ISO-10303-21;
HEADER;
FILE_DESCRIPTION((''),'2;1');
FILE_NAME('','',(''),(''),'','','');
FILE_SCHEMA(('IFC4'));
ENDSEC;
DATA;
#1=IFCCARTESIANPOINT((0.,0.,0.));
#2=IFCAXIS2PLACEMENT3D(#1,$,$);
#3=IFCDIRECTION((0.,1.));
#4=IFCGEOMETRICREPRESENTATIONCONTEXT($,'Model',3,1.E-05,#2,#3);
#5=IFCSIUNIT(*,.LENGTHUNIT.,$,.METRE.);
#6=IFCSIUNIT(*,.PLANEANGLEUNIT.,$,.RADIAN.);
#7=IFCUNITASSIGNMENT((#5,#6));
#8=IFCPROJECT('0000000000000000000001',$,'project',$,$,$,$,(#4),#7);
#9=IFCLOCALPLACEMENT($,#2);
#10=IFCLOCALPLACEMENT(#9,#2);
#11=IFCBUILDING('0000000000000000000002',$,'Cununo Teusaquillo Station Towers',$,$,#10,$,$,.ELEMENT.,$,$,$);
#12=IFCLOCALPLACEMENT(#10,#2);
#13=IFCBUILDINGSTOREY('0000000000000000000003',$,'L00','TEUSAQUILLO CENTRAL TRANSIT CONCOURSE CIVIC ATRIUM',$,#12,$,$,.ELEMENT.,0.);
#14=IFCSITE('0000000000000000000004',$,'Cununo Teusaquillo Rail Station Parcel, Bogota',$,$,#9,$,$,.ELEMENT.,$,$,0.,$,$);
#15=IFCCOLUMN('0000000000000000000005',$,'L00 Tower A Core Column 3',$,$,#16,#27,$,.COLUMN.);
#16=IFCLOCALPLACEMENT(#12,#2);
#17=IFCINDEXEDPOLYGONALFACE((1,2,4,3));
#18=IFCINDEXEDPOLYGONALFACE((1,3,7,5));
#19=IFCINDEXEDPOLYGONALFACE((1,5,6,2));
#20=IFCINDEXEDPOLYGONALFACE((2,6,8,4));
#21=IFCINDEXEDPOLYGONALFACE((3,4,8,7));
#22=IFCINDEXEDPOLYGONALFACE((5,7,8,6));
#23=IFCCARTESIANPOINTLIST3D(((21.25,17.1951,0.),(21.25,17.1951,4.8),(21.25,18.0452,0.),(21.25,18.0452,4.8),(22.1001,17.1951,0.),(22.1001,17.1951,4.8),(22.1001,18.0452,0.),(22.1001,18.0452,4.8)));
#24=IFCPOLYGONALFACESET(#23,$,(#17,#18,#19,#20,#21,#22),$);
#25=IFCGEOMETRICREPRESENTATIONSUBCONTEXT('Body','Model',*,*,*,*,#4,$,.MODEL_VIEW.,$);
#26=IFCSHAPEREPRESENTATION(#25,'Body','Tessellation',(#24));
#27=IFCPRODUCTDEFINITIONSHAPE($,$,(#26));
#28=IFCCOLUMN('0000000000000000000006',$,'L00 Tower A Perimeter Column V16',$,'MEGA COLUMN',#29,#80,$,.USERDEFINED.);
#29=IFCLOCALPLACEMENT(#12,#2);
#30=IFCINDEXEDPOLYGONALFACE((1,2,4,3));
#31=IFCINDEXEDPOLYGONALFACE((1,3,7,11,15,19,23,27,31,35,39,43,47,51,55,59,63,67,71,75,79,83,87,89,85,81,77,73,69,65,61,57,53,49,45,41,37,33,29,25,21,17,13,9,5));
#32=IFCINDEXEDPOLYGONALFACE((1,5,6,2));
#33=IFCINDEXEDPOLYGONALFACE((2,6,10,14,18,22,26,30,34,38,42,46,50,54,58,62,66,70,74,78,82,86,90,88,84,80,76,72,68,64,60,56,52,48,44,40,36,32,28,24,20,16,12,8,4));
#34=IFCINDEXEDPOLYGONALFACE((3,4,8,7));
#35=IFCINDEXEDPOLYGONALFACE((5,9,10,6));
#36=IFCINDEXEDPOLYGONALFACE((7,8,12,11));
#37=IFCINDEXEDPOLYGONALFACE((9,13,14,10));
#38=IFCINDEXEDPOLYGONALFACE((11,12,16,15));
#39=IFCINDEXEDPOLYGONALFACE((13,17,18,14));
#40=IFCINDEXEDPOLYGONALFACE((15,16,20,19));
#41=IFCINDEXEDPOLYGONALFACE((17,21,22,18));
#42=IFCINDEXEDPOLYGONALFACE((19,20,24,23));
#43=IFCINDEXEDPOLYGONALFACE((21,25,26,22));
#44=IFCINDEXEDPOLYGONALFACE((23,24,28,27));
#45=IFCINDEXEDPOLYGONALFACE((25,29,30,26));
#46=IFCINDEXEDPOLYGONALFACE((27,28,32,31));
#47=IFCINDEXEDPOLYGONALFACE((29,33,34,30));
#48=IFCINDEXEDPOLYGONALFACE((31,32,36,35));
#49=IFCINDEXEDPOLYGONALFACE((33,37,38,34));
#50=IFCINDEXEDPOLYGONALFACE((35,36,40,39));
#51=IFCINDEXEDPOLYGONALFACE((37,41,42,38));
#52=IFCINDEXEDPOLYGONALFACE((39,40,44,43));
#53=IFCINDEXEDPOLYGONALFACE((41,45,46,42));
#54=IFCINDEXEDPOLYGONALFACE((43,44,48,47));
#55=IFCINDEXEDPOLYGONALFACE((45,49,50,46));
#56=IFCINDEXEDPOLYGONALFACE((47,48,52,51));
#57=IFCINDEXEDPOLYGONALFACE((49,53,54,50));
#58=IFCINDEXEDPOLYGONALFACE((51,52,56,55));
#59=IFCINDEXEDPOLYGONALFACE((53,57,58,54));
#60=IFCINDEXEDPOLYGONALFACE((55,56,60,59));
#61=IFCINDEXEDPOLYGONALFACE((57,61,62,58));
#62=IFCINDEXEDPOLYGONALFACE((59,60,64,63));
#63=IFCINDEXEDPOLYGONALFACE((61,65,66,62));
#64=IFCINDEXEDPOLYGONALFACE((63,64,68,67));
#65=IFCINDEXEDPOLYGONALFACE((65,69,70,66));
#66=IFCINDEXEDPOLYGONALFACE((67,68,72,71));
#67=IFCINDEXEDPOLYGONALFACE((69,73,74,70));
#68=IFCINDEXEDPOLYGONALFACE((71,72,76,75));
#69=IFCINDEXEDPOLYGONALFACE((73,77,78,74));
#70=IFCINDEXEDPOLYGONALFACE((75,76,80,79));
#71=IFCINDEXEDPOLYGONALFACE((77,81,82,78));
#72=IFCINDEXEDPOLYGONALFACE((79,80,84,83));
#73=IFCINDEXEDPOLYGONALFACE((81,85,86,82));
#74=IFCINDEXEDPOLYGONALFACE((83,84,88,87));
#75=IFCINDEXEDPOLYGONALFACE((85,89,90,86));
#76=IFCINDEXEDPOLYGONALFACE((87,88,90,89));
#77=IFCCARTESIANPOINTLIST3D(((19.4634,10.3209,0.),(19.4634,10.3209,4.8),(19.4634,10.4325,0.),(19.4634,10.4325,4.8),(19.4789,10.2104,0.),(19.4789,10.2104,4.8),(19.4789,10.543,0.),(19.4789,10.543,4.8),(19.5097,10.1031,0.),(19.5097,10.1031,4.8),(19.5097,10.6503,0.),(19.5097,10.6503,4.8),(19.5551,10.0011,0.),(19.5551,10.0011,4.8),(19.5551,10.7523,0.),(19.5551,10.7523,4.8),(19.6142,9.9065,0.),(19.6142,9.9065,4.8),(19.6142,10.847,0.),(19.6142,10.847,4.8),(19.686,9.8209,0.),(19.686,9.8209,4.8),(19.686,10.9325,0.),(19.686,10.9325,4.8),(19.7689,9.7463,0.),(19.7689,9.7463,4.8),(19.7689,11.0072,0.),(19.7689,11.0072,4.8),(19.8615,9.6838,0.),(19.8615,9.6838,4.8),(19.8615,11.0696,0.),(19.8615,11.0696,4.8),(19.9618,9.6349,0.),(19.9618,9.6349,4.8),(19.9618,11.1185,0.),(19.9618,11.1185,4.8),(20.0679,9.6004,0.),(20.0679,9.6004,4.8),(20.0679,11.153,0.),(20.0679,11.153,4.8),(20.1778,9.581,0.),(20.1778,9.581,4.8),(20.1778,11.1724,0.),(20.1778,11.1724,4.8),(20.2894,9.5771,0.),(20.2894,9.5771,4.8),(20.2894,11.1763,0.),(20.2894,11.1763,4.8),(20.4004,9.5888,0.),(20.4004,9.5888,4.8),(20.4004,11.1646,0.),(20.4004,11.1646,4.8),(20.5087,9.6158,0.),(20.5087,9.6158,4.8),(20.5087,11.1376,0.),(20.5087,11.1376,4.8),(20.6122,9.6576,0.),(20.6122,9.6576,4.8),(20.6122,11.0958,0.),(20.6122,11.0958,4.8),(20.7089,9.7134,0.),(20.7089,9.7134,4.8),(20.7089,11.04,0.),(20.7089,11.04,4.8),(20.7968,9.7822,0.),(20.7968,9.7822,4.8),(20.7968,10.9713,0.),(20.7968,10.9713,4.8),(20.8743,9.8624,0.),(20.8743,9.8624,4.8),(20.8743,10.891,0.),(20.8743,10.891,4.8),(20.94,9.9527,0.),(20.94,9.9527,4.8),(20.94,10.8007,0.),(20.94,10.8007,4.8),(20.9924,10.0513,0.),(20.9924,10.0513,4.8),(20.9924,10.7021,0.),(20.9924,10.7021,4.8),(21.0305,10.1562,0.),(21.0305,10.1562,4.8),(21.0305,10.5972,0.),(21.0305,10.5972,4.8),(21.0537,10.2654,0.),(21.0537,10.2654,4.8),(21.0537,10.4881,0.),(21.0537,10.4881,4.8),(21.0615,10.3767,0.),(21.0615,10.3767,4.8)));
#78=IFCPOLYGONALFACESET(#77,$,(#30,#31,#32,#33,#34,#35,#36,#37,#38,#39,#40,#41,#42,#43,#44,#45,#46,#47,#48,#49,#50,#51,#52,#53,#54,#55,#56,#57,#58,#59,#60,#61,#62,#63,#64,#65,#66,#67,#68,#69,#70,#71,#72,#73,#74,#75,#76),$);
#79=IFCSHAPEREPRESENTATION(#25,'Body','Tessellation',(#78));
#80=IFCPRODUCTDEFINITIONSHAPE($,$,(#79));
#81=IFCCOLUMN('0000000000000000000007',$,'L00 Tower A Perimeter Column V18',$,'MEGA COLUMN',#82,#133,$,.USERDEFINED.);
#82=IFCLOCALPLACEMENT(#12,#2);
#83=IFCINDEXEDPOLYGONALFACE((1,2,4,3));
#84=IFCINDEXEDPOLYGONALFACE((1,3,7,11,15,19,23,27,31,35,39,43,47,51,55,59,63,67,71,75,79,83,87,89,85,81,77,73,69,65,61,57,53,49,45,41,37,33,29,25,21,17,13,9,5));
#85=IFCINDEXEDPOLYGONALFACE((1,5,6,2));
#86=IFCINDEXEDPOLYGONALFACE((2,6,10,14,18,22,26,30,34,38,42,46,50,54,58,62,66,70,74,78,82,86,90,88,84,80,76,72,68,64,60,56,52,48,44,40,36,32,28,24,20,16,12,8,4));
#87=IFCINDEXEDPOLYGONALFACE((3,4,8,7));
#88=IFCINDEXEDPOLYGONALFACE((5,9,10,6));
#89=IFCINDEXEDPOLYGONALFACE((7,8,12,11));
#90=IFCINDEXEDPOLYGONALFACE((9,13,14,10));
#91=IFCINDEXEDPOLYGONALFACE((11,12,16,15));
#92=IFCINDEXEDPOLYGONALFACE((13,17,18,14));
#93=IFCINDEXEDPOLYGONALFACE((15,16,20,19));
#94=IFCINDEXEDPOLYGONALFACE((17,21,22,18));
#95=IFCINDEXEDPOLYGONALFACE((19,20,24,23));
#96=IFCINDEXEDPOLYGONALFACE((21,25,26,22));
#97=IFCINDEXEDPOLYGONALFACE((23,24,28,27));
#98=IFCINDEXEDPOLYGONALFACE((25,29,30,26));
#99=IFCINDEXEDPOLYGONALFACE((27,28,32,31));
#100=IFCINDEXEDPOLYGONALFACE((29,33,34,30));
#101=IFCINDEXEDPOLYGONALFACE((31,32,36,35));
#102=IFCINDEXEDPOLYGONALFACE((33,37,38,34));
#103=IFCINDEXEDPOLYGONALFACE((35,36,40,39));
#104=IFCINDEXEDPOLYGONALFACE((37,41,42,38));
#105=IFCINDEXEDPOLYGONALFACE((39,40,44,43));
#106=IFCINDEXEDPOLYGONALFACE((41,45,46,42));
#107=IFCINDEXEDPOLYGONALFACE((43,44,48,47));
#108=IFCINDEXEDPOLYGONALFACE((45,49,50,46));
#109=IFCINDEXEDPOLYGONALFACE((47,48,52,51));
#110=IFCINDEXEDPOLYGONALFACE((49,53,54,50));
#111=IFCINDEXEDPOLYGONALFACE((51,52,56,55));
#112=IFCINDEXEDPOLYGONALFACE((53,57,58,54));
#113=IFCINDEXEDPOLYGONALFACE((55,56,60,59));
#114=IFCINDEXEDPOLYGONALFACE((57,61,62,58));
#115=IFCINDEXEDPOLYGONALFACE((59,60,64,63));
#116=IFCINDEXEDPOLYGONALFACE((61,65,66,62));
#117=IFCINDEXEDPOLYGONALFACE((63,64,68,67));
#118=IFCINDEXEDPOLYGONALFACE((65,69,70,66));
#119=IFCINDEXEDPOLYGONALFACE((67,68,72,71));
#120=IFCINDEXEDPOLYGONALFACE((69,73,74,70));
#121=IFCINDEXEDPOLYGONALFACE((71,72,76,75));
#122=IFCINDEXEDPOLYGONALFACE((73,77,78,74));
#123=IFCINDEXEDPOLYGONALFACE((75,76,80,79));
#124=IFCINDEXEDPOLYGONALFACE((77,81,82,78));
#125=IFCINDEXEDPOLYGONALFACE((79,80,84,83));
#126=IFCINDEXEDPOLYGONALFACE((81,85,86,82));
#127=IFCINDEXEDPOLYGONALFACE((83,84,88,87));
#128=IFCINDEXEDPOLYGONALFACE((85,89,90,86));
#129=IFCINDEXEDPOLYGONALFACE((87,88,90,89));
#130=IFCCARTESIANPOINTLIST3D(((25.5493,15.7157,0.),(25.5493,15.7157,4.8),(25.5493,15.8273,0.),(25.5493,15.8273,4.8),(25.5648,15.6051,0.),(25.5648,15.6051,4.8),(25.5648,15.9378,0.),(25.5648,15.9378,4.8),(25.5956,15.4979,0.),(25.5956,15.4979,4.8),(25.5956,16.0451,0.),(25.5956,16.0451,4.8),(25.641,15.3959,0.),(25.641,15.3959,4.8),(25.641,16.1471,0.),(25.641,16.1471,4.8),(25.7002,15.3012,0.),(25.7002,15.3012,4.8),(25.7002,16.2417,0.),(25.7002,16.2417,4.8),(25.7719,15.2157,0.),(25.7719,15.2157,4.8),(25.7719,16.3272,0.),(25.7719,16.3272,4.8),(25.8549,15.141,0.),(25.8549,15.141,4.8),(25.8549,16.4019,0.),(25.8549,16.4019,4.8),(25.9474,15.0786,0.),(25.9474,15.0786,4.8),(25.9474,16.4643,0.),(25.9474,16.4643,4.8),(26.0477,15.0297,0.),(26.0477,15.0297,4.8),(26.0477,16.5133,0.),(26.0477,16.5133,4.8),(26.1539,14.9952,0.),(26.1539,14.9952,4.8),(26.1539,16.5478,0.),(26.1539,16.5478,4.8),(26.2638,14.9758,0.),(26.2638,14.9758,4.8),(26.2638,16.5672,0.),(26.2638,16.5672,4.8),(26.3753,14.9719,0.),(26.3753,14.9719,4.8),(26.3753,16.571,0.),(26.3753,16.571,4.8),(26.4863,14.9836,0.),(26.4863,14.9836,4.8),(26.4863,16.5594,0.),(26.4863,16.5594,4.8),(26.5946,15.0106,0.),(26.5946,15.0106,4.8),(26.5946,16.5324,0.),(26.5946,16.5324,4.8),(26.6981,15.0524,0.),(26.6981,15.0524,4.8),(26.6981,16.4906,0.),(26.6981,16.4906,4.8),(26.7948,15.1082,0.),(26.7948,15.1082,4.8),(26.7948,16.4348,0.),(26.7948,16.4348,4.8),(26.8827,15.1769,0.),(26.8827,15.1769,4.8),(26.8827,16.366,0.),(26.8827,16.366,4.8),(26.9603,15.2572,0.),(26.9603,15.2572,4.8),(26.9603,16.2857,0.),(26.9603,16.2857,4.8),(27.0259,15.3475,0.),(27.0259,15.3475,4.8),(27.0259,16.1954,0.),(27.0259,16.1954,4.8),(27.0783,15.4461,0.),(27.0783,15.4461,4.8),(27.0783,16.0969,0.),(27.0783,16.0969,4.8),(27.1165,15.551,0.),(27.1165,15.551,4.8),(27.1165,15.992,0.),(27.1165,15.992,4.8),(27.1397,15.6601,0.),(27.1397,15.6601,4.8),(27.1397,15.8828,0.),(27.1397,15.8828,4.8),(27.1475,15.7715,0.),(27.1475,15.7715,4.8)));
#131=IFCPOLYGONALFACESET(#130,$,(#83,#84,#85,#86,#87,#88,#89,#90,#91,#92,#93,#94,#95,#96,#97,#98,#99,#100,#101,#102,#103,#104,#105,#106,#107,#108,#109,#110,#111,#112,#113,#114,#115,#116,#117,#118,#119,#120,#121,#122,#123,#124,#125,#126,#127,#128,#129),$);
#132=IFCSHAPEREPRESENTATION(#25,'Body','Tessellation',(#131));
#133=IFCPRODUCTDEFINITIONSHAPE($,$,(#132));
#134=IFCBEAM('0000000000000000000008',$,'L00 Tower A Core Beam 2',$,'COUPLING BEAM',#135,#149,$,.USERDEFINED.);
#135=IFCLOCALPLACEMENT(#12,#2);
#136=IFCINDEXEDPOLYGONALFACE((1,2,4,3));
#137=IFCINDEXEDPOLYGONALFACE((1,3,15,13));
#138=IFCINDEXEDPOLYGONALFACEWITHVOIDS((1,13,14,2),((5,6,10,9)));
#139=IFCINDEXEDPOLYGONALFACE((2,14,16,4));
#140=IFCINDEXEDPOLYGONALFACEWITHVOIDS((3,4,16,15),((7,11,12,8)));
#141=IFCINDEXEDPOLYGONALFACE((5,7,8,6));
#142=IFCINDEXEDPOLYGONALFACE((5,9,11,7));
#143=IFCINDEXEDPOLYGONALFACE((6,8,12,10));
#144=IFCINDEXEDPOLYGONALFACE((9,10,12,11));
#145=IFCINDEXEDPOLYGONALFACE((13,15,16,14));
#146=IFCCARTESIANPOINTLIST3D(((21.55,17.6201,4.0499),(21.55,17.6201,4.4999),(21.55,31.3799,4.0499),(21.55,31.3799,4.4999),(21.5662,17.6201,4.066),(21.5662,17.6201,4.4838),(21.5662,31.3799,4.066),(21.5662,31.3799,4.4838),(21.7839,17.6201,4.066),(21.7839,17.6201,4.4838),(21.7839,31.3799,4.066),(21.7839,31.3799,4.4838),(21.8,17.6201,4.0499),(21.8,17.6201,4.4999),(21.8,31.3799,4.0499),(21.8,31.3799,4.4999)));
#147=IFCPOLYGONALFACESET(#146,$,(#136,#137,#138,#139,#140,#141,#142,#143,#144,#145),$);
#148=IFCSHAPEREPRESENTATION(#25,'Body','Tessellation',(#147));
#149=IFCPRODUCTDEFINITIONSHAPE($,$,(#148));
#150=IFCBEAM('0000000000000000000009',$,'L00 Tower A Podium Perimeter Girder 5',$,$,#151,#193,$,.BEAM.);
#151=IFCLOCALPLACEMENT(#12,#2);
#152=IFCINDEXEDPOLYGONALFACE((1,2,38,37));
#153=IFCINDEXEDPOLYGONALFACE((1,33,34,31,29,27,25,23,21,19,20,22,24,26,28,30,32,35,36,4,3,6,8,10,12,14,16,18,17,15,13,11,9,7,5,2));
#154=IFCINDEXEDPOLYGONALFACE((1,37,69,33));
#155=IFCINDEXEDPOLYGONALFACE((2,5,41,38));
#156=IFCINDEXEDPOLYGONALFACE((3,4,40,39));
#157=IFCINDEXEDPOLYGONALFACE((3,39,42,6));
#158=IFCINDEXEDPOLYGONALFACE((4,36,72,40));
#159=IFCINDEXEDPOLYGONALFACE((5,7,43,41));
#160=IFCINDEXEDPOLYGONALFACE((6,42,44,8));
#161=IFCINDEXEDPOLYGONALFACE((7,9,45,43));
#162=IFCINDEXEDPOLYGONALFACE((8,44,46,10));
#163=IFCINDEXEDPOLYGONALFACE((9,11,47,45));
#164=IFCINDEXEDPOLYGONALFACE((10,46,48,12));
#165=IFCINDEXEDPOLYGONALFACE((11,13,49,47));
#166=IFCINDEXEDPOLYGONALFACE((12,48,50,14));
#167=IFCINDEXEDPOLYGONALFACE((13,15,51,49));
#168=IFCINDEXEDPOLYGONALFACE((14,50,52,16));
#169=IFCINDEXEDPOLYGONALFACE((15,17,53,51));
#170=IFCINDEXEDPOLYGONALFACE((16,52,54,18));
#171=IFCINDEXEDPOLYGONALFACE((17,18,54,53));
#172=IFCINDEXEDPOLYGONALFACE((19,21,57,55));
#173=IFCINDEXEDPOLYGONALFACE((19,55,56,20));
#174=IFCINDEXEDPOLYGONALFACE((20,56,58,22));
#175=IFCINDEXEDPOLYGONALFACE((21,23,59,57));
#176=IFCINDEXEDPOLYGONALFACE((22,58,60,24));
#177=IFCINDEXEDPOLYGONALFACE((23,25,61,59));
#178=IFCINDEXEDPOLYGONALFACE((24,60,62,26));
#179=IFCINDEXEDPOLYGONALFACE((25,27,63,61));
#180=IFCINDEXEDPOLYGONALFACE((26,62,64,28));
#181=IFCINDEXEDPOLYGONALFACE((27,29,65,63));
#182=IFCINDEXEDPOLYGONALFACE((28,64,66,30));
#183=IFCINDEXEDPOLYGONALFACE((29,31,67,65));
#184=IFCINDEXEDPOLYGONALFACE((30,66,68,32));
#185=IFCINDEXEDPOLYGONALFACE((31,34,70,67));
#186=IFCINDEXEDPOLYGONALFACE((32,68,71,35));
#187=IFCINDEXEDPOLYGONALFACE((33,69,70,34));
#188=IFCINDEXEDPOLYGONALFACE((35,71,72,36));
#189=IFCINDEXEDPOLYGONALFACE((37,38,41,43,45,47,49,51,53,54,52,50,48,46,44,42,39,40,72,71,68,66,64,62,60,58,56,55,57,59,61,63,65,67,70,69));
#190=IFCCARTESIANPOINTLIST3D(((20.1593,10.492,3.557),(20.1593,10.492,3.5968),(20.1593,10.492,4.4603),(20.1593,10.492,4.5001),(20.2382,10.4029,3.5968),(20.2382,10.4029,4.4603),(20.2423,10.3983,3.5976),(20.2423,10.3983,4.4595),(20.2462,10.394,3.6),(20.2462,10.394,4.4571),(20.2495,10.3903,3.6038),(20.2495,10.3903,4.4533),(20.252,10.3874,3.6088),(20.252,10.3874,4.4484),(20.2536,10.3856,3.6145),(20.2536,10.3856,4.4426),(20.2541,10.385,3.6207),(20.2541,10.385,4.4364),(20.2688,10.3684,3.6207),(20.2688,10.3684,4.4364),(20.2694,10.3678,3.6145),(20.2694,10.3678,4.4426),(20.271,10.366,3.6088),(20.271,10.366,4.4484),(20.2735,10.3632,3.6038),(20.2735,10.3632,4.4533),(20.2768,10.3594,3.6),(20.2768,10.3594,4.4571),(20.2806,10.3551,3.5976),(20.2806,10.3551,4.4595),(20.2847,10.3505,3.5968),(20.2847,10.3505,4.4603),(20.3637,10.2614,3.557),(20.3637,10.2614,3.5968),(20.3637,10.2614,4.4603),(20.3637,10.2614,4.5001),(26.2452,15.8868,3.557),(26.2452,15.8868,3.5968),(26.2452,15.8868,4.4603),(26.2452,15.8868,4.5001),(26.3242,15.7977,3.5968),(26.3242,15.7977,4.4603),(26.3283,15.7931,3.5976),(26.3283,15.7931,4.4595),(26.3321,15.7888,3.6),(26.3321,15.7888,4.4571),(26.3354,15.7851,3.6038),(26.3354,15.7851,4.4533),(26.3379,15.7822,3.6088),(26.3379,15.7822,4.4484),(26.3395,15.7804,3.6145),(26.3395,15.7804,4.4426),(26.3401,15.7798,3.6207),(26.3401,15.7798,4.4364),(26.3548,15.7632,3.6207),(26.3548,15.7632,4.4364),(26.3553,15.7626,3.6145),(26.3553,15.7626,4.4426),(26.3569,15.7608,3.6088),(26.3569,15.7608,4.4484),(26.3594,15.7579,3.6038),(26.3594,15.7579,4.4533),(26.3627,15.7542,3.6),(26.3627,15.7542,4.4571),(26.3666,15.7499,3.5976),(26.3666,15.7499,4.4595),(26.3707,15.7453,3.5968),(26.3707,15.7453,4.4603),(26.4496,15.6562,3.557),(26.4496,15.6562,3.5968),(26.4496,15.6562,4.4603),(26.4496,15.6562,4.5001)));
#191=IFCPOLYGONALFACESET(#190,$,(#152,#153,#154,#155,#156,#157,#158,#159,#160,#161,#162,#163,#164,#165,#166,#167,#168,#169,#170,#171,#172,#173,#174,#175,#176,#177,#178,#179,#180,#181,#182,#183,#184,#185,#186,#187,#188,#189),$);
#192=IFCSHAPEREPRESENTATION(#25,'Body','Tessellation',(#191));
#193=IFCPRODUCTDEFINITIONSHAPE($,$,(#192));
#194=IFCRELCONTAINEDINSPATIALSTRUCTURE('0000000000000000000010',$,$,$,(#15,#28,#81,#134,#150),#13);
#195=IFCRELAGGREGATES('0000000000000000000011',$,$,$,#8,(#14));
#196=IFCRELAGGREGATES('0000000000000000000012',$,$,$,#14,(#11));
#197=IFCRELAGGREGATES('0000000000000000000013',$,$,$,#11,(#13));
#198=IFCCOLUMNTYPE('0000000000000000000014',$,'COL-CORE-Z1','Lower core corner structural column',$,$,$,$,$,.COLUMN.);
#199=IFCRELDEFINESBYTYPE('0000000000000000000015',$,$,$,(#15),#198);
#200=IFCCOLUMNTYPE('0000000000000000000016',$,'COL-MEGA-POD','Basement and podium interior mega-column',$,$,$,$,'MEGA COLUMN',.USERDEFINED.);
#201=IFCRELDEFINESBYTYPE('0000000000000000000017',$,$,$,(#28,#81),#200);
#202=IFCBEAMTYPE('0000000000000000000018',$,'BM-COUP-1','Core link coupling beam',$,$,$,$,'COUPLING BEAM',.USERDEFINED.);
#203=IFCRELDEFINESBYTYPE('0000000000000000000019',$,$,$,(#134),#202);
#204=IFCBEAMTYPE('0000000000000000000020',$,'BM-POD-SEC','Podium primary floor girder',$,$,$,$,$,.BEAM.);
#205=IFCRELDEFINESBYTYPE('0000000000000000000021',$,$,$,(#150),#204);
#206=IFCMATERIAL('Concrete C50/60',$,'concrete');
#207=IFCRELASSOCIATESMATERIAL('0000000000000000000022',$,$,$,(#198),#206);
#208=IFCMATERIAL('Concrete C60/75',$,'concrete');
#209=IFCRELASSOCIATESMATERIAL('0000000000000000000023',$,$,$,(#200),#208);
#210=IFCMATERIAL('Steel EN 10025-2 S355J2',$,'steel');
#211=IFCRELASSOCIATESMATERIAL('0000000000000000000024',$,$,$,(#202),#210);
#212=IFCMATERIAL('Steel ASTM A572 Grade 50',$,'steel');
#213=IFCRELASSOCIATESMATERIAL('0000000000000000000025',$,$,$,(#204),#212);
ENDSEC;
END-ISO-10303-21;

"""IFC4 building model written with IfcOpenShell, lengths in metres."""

from ifc_helpers import new_model, si_unit, direction, frame, origin, origin_2d, place, context, subcontext, project, spatial, rectangle, hollow_rectangle, circle, i_section, extrude, material, material_profile, profile_set, type_object, element, save


model = new_model("IFC4")

# Units and contexts
model_context = context("Model", 3, precision=1e-05, world=origin(), true_north=direction((0.0, 1.0)))
body_context = subcontext(model_context, "Body", "Model", "MODEL_VIEW")
ifc_project = project(units=[si_unit("LENGTHUNIT", "METRE"), si_unit("PLANEANGLEUNIT", "RADIAN")], contexts=[model_context])

# Site, building, storey
site_placement = place(None, origin())
site = spatial("IfcSite", under=ifc_project, at=site_placement, Name="Cununo Teusaquillo Rail Station Parcel, Bogota", CompositionType="ELEMENT", RefElevation=0.0)
building_placement = place(site_placement, origin())
building = spatial("IfcBuilding", under=site, at=building_placement, Name="Cununo Teusaquillo Station Towers", CompositionType="ELEMENT")
storey_placement = place(building_placement, origin())
storey = spatial("IfcBuildingStorey", under=building, at=storey_placement, Name="L00", Description="TEUSAQUILLO CENTRAL TRANSIT CONCOURSE CIVIC ATRIUM", CompositionType="ELEMENT", Elevation=0.0)

# Columns
ifc_material_1 = material(Name="Concrete C50/60", Category="concrete")
ifc_material_profile_1 = material_profile(ifc_material_1, rectangle(XDim=0.8501, YDim=0.8501, at=origin_2d()), Name="RC-RECT-850x850")
ifc_profile_set_1 = profile_set([ifc_material_profile_1], Name="Concrete C50/60")
column_type_1 = type_object("IfcColumnType", Name="COL-CORE-Z1", Description="Lower core corner structural column", PredefinedType="COLUMN", material=ifc_profile_set_1)
column_placement = place(storey_placement, frame((21.675, 17.6201, 0.0), z_axis=(0.0, 0.0, 1.0), x_axis=(1.0, 0.0, 0.0)))
element("IfcColumn", 1, at=column_placement, inside=storey, type_object=column_type_1, Name="L00 Tower A Core Column 3", PredefinedType="COLUMN", context=body_context, shape_type="SweptSolid", body=[
    extrude(rectangle(XDim=0.8501, YDim=0.8501, at=origin_2d()), origin(), (0.0, 0.0, 1.0), 4.8),
])
ifc_material_2 = material(Name="Concrete C60/75", Category="concrete")
ifc_material_profile_2 = material_profile(ifc_material_2, circle(Radius=0.8, at=origin_2d()), Name="RC-CIRC-1600")
ifc_profile_set_2 = profile_set([ifc_material_profile_2], Name="Concrete C60/75")
column_type_2 = type_object("IfcColumnType", Name="COL-MEGA-POD", Description="Basement and podium interior mega-column", ElementType="MEGA COLUMN", PredefinedType="USERDEFINED", material=ifc_profile_set_2)
for number, where, z_axis, x_axis, name in (
    (2, (20.2615, 10.3767, 0.0), (0.0, 0.0, 1.0), (1.0, 0.0, 0.0), "L00 Tower A Perimeter Column V16"),
    (3, (26.3474, 15.7715, 0.0), (0.0, 0.0, 1.0), (1.0, 0.0, 0.0), "L00 Tower A Perimeter Column V18"),
):
    element("IfcColumn", number, at=place(storey_placement, frame(where, z_axis=z_axis, x_axis=x_axis)), inside=storey, type_object=column_type_2, Name=name, ObjectType="MEGA COLUMN", PredefinedType="USERDEFINED", context=body_context, shape_type="SweptSolid", body=[
        extrude(circle(Radius=0.8, at=origin_2d()), origin(), (0.0, 0.0, 1.0), 4.8),
    ])

# Beams
ifc_material_3 = material(Name="Steel EN 10025-2 S355J2", Category="steel")
ifc_material_profile_3 = material_profile(ifc_material_3, hollow_rectangle(XDim=0.25, YDim=0.45, WallThickness=0.0161, at=origin_2d()), Name="RHS 450x250x16")
ifc_profile_set_3 = profile_set([ifc_material_profile_3], Name="Steel EN 10025-2 S355J2")
beam_type_1 = type_object("IfcBeamType", Name="BM-COUP-1", Description="Core link coupling beam", ElementType="COUPLING BEAM", PredefinedType="USERDEFINED", material=ifc_profile_set_3)
beam_1_placement = place(storey_placement, frame((21.675, 17.6201, 4.2749), z_axis=(0.0, 1.0, 0.0), x_axis=(-1.0, 0.0, 0.0)))
element("IfcBeam", 4, at=beam_1_placement, inside=storey, type_object=beam_type_1, Name="L00 Tower A Core Beam 2", ObjectType="COUPLING BEAM", PredefinedType="USERDEFINED", context=body_context, shape_type="SweptSolid", body=[
    extrude(hollow_rectangle(XDim=0.25, YDim=0.45, WallThickness=0.0161, at=origin_2d()), origin(), (0.0, 0.0, 1.0), 13.7598),
])
ifc_material_4 = material(Name="Steel ASTM A572 Grade 50", Category="steel")
ifc_material_profile_4 = material_profile(ifc_material_4, i_section(OverallWidth=0.3081, OverallDepth=0.9431, WebThickness=0.0222, FlangeThickness=0.0398, FilletRadius=0.0239, at=origin_2d()), Name="W36X232")
ifc_profile_set_4 = profile_set([ifc_material_profile_4], Name="Steel ASTM A572 Grade 50")
beam_type_2 = type_object("IfcBeamType", Name="BM-POD-SEC", Description="Podium primary floor girder", PredefinedType="BEAM", material=ifc_profile_set_4)
beam_2_placement = place(storey_placement, frame((20.2615, 10.3767, 4.0286), z_axis=(0.748321, 0.663337, 0.0), x_axis=(-0.663337, 0.748321, 0.0)))
element("IfcBeam", 5, at=beam_2_placement, inside=storey, type_object=beam_type_2, Name="L00 Tower A Podium Perimeter Girder 5", PredefinedType="BEAM", context=body_context, shape_type="SweptSolid", body=[
    extrude(i_section(OverallWidth=0.3081, OverallDepth=0.9431, WebThickness=0.0222, FlangeThickness=0.0398, FilletRadius=0.0239, at=origin_2d()), origin(), (0.0, 0.0, 1.0), 8.1328),
])

save(model, "model.ifc")
